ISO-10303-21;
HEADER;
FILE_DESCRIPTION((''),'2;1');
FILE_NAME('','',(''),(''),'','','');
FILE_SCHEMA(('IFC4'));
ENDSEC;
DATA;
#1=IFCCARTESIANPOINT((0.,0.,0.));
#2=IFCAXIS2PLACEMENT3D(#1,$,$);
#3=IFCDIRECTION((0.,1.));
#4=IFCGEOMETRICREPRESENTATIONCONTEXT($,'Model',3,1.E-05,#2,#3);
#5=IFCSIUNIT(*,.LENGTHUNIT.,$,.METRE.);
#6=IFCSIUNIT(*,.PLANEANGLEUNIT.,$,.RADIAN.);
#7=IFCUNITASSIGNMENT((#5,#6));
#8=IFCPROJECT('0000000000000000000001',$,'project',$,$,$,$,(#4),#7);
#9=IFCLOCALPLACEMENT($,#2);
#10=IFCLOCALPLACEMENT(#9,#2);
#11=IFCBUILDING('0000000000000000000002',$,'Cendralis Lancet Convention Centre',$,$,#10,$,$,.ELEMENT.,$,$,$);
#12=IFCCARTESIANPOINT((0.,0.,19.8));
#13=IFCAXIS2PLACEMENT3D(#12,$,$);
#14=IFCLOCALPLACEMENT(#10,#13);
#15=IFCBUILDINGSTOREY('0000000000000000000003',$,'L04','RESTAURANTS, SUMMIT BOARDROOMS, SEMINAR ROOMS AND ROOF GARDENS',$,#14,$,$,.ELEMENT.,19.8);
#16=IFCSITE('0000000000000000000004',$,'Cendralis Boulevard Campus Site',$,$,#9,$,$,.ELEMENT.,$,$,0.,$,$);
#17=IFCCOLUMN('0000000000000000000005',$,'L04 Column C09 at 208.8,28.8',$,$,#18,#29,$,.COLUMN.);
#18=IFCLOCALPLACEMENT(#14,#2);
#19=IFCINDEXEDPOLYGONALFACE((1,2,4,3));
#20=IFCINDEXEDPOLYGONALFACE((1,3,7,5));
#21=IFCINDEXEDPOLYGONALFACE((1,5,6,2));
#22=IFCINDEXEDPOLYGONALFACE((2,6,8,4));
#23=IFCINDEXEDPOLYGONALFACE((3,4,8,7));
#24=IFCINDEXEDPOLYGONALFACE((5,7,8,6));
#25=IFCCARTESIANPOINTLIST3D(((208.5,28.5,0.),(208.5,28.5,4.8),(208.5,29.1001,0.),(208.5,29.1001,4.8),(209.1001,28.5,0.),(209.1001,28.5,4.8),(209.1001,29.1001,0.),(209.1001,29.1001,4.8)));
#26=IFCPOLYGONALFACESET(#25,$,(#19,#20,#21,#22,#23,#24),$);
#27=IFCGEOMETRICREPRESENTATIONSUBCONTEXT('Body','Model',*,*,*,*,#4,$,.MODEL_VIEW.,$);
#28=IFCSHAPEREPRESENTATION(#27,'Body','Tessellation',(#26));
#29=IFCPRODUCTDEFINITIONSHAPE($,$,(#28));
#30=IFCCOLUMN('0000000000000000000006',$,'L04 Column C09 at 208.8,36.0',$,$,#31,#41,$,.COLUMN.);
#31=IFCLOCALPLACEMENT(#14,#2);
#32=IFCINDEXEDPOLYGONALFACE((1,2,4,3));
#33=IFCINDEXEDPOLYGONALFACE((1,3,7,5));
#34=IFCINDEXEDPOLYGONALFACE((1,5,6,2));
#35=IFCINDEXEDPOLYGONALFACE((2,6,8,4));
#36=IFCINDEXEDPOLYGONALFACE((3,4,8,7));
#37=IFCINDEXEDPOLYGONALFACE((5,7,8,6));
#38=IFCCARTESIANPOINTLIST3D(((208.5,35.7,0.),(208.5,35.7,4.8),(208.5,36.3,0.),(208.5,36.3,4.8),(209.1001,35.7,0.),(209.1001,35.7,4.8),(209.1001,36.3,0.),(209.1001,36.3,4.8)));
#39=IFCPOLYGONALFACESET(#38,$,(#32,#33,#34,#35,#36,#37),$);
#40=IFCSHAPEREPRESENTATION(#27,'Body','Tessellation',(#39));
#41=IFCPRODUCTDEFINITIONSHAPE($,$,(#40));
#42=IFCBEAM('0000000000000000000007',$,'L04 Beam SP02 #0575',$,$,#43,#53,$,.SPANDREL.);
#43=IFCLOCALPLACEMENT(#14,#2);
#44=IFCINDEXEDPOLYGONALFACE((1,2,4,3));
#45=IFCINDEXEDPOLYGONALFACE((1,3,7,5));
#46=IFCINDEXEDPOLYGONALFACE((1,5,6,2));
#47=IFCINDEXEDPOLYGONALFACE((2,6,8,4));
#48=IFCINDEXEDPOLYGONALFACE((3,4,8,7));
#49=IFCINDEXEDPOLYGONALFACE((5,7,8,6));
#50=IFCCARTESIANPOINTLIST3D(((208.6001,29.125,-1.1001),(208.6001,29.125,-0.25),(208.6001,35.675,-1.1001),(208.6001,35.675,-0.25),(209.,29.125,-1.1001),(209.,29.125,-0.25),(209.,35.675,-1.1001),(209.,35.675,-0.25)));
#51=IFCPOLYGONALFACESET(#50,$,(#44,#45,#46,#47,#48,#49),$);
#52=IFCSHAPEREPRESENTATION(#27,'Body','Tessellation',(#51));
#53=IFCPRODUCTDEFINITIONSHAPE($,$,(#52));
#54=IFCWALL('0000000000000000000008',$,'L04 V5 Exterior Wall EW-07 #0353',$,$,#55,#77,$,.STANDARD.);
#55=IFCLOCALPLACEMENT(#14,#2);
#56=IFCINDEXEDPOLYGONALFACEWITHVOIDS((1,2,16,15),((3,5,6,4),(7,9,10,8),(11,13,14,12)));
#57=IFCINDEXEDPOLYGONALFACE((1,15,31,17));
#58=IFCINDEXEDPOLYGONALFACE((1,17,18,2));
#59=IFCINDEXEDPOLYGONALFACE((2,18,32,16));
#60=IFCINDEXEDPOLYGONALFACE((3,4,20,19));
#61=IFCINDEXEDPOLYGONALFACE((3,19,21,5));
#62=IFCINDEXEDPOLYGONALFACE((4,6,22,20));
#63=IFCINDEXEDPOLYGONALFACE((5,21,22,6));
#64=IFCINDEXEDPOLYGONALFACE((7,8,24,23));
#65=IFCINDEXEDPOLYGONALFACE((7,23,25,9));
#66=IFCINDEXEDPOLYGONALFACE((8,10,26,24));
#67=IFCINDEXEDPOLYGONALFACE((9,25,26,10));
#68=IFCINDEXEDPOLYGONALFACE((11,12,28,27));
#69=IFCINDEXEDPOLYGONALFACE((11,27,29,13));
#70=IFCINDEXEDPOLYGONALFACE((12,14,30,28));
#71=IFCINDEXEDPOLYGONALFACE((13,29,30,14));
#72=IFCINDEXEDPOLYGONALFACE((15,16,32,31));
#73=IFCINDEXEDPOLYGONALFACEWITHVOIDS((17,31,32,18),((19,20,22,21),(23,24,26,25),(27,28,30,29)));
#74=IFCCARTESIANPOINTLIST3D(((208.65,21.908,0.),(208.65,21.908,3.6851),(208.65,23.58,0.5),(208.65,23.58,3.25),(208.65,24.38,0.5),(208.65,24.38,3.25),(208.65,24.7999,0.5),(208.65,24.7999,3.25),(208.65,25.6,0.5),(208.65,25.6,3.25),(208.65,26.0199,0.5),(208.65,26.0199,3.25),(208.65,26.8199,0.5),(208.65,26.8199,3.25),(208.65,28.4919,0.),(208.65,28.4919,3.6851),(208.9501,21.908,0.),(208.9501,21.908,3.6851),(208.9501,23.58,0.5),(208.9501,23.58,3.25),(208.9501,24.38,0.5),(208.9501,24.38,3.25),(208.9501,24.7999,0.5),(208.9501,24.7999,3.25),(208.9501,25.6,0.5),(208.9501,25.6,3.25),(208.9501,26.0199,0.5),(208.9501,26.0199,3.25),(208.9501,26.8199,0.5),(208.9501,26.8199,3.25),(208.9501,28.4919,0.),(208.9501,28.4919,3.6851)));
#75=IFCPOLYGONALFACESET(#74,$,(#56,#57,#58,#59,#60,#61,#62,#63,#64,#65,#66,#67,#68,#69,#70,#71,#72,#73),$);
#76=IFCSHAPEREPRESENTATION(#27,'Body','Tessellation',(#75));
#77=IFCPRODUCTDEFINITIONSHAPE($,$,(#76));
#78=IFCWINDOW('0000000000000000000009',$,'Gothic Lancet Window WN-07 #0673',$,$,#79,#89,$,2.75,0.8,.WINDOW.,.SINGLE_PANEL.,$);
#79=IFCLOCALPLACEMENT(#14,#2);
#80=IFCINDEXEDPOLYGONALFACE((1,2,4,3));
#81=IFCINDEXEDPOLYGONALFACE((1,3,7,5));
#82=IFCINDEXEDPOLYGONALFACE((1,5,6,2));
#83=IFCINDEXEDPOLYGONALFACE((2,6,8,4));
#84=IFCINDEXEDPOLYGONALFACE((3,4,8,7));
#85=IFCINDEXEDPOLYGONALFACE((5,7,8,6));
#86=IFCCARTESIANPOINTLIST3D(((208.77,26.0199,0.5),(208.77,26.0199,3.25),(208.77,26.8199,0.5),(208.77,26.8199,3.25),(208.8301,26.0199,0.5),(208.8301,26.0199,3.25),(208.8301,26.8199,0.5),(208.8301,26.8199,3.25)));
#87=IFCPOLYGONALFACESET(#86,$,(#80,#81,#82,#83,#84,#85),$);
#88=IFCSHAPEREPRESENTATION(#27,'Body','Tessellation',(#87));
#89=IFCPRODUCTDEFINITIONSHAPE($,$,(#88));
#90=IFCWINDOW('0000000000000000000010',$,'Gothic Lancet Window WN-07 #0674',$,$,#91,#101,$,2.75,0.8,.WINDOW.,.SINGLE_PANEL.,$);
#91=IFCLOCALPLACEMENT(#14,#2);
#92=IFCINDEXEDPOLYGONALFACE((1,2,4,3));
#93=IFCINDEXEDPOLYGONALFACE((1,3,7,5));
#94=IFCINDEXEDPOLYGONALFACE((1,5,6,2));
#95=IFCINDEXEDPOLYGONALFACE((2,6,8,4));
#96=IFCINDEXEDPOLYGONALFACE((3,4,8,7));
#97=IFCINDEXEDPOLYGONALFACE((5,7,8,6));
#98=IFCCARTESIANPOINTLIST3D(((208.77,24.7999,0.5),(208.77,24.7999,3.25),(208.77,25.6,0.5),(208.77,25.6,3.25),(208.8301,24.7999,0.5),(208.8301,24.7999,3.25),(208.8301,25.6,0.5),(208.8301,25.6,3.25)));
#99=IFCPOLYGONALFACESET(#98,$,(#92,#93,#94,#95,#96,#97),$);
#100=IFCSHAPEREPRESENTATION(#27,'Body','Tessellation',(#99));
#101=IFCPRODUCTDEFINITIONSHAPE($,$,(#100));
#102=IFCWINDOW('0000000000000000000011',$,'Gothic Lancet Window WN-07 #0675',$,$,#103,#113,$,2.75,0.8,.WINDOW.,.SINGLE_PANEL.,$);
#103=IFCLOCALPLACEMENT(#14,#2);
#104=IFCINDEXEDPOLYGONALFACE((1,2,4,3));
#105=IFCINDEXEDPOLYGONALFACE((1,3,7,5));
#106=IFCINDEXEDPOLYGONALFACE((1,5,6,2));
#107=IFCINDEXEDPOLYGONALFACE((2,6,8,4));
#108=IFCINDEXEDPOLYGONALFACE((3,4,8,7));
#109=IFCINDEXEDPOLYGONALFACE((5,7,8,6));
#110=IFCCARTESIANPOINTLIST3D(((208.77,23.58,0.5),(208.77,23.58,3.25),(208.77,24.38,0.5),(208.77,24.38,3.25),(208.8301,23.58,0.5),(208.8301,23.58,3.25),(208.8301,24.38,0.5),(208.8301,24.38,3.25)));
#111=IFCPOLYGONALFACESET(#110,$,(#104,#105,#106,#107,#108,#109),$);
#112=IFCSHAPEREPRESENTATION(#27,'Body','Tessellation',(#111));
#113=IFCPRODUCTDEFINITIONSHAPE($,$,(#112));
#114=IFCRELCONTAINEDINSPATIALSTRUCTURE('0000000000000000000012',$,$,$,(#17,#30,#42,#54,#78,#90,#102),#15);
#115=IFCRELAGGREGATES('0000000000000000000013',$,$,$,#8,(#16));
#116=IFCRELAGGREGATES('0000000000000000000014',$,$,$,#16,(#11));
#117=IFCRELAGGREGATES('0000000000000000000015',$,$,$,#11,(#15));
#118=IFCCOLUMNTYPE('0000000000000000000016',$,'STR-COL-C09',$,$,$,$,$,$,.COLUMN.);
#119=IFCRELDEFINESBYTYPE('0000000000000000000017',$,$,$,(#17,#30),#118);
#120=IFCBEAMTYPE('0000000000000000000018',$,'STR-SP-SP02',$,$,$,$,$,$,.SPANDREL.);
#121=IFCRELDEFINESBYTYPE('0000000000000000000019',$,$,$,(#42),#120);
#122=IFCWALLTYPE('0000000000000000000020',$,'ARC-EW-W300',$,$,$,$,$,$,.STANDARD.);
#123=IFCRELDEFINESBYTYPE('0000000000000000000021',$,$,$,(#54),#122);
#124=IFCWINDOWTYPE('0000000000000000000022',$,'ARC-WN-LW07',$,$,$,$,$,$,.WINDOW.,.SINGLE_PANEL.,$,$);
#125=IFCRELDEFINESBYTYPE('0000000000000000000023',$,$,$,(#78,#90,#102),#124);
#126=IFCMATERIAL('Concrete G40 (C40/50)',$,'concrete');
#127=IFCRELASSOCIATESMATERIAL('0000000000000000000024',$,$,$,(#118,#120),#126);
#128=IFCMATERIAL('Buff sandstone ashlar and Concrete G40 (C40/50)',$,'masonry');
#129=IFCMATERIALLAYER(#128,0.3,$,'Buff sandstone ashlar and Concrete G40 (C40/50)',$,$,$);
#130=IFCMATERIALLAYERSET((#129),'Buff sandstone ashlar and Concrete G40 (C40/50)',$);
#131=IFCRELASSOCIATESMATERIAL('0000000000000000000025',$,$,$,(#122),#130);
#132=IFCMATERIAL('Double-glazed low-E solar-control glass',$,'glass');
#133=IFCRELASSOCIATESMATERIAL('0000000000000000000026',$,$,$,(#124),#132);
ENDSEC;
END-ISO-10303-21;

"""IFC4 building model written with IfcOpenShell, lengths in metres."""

from ifc_helpers import new_model, si_unit, direction, frame, frame_2d, origin, origin_2d, place, context, subcontext, project, spatial, rectangle, extrude, material, layer, layer_set, material_profile, profile_set, type_object, element, fill, save


model = new_model("IFC4")

# Units and contexts
model_context = context("Model", 3, precision=1e-05, world=origin(), true_north=direction((0.0, 1.0)))
body_context = subcontext(model_context, "Body", "Model", "MODEL_VIEW")
ifc_project = project(units=[si_unit("LENGTHUNIT", "METRE"), si_unit("PLANEANGLEUNIT", "RADIAN")], contexts=[model_context])

# Site, building, storey
site_placement = place(None, origin())
site = spatial("IfcSite", under=ifc_project, at=site_placement, Name="Cendralis Boulevard Campus Site", CompositionType="ELEMENT", RefElevation=0.0)
building_placement = place(site_placement, origin())
building = spatial("IfcBuilding", under=site, at=building_placement, Name="Cendralis Lancet Convention Centre", CompositionType="ELEMENT")
storey_placement = place(building_placement, frame((0.0, 0.0, 19.8)))
storey = spatial("IfcBuildingStorey", under=building, at=storey_placement, Name="L04", Description="RESTAURANTS, SUMMIT BOARDROOMS, SEMINAR ROOMS AND ROOF GARDENS", CompositionType="ELEMENT", Elevation=19.8)

# Columns
ifc_material_1 = material(Name="Concrete G40 (C40/50)", Category="concrete")
ifc_material_profile_1 = material_profile(ifc_material_1, rectangle(XDim=0.6001, YDim=0.6001, at=origin_2d()), Name="RC 600x600")
ifc_profile_set_1 = profile_set([ifc_material_profile_1], Name="Concrete G40 (C40/50)")
column_type = type_object("IfcColumnType", Name="STR-COL-C09", PredefinedType="COLUMN", material=ifc_profile_set_1)
for number, where, z_axis, x_axis, name in (
    (1, (208.8, 28.8, 0.0), (0.0, 0.0, 1.0), (1.0, 0.0, 0.0), "L04 Column C09 at 208.8,28.8"),
    (2, (208.8, 36.0, 0.0), (0.0, 0.0, 1.0), (1.0, 0.0, 0.0), "L04 Column C09 at 208.8,36.0"),
):
    element("IfcColumn", number, at=place(storey_placement, frame(where, z_axis=z_axis, x_axis=x_axis)), inside=storey, type_object=column_type, Name=name, PredefinedType="COLUMN", context=body_context, shape_type="SweptSolid", body=[
        extrude(rectangle(XDim=0.6001, YDim=0.6001, at=origin_2d()), origin(), (0.0, 0.0, 1.0), 4.8),
    ])

# Beam
ifc_material_profile_2 = material_profile(ifc_material_1, rectangle(XDim=0.3999, YDim=0.8501, at=origin_2d()), Name="RCB 400x850")
ifc_profile_set_2 = profile_set([ifc_material_profile_2], Name="Concrete G40 (C40/50)")
beam_type = type_object("IfcBeamType", Name="STR-SP-SP02", PredefinedType="SPANDREL", material=ifc_profile_set_2)
beam_placement = place(storey_placement, frame((208.8, 29.125, -0.675), z_axis=(0.0, 1.0, 0.0), x_axis=(-1.0, 0.0, 0.0)))
element("IfcBeam", 3, at=beam_placement, inside=storey, type_object=beam_type, Name="L04 Beam SP02 #0575", PredefinedType="SPANDREL", context=body_context, shape_type="SweptSolid", body=[
    extrude(rectangle(XDim=0.3999, YDim=0.8501, at=origin_2d()), origin(), (0.0, 0.0, 1.0), 6.55),
])

# Wall, openings, windows
ifc_material_2 = material(Name="Buff sandstone ashlar and Concrete G40 (C40/50)", Category="masonry")
ifc_layer_1 = layer(ifc_material_2, 0.3, Name="Buff sandstone ashlar and Concrete G40 (C40/50)")
ifc_layer_set_1 = layer_set([ifc_layer_1], Name="Buff sandstone ashlar and Concrete G40 (C40/50)")
wall_type_1 = type_object("IfcWallType", Name="ARC-EW-W300", PredefinedType="STANDARD", material=ifc_layer_set_1)
wall_1_placement = place(storey_placement, frame((208.8, 28.4919, 0.0), z_axis=(0.0, 0.0, 1.0), x_axis=(0.0, -1.0, 0.0)))
wall_1 = element("IfcWall", 4, at=wall_1_placement, inside=storey, type_object=wall_type_1, Name="L04 V5 Exterior Wall EW-07 #0353", PredefinedType="STANDARD", context=body_context, shape_type="SweptSolid", body=[
    extrude(rectangle(XDim=6.584, YDim=0.3, at=frame_2d((3.292, 0.0))), origin(), (0.0, 0.0, 1.0), 3.6851),
])
opening_1_placement = place(wall_1_placement, frame((1.6721, 0.0, 0.5)))
opening_1 = element("IfcOpeningElement", 5, at=opening_1_placement, cuts=wall_1, PredefinedType="OPENING", context=body_context, shape_type="SweptSolid", body=[
    extrude(rectangle(XDim=0.8, YDim=2.75, at=frame_2d((0.3999, 1.375))), frame((0.0, 0.1599, 0.0), z_axis=(0.0, -1.0, 0.0), x_axis=(1.0, 0.0, 0.0)), (0.0, 0.0, 1.0), 0.3201),
])
opening_2_placement = place(wall_1_placement, frame((2.8921, 0.0, 0.5)))
opening_2 = element("IfcOpeningElement", 6, at=opening_2_placement, cuts=wall_1, PredefinedType="OPENING", context=body_context, shape_type="SweptSolid", body=[
    extrude(rectangle(XDim=0.8, YDim=2.75, at=frame_2d((0.3999, 1.375))), frame((0.0, 0.1599, 0.0), z_axis=(0.0, -1.0, 0.0), x_axis=(1.0, 0.0, 0.0)), (0.0, 0.0, 1.0), 0.3201),
])
opening_3_placement = place(wall_1_placement, frame((4.1121, 0.0, 0.5)))
opening_3 = element("IfcOpeningElement", 7, at=opening_3_placement, cuts=wall_1, PredefinedType="OPENING", context=body_context, shape_type="SweptSolid", body=[
    extrude(rectangle(XDim=0.8, YDim=2.75, at=frame_2d((0.3999, 1.375))), frame((0.0, 0.1599, 0.0), z_axis=(0.0, -1.0, 0.0), x_axis=(1.0, 0.0, 0.0)), (0.0, 0.0, 1.0), 0.3201),
])
ifc_material_3 = material(Name="Double-glazed low-E solar-control glass", Category="glass")
window_type = type_object("IfcWindowType", Name="ARC-WN-LW07", PartitioningType="SINGLE_PANEL", PredefinedType="WINDOW", material=ifc_material_3)
window_1_placement = place(opening_1_placement, origin())
window_1 = element("IfcWindow", 8, at=window_1_placement, inside=storey, type_object=window_type, Name="Gothic Lancet Window WN-07 #0673", OverallHeight=2.75, OverallWidth=0.8, PartitioningType="SINGLE_PANEL", PredefinedType="WINDOW", context=body_context, shape_type="SweptSolid", body=[
    extrude(rectangle(XDim=0.8, YDim=2.75, at=frame_2d((0.3999, 1.375))), frame((0.0, 0.03, 0.0), z_axis=(0.0, -1.0, 0.0), x_axis=(1.0, 0.0, 0.0)), (0.0, 0.0, 1.0), 0.0601),
])
fill(opening_1, window_1)
window_2_placement = place(opening_2_placement, origin())
window_2 = element("IfcWindow", 9, at=window_2_placement, inside=storey, type_object=window_type, Name="Gothic Lancet Window WN-07 #0674", OverallHeight=2.75, OverallWidth=0.8, PartitioningType="SINGLE_PANEL", PredefinedType="WINDOW", context=body_context, shape_type="SweptSolid", body=[
    extrude(rectangle(XDim=0.8, YDim=2.75, at=frame_2d((0.3999, 1.375))), frame((0.0, 0.03, 0.0), z_axis=(0.0, -1.0, 0.0), x_axis=(1.0, 0.0, 0.0)), (0.0, 0.0, 1.0), 0.0601),
])
fill(opening_2, window_2)
window_3_placement = place(opening_3_placement, origin())
window_3 = element("IfcWindow", 10, at=window_3_placement, inside=storey, type_object=window_type, Name="Gothic Lancet Window WN-07 #0675", OverallHeight=2.75, OverallWidth=0.8, PartitioningType="SINGLE_PANEL", PredefinedType="WINDOW", context=body_context, shape_type="SweptSolid", body=[
    extrude(rectangle(XDim=0.8, YDim=2.75, at=frame_2d((0.3999, 1.375))), frame((0.0, 0.03, 0.0), z_axis=(0.0, -1.0, 0.0), x_axis=(1.0, 0.0, 0.0)), (0.0, 0.0, 1.0), 0.0601),
])
fill(opening_3, window_3)

save(model, "model.ifc")
